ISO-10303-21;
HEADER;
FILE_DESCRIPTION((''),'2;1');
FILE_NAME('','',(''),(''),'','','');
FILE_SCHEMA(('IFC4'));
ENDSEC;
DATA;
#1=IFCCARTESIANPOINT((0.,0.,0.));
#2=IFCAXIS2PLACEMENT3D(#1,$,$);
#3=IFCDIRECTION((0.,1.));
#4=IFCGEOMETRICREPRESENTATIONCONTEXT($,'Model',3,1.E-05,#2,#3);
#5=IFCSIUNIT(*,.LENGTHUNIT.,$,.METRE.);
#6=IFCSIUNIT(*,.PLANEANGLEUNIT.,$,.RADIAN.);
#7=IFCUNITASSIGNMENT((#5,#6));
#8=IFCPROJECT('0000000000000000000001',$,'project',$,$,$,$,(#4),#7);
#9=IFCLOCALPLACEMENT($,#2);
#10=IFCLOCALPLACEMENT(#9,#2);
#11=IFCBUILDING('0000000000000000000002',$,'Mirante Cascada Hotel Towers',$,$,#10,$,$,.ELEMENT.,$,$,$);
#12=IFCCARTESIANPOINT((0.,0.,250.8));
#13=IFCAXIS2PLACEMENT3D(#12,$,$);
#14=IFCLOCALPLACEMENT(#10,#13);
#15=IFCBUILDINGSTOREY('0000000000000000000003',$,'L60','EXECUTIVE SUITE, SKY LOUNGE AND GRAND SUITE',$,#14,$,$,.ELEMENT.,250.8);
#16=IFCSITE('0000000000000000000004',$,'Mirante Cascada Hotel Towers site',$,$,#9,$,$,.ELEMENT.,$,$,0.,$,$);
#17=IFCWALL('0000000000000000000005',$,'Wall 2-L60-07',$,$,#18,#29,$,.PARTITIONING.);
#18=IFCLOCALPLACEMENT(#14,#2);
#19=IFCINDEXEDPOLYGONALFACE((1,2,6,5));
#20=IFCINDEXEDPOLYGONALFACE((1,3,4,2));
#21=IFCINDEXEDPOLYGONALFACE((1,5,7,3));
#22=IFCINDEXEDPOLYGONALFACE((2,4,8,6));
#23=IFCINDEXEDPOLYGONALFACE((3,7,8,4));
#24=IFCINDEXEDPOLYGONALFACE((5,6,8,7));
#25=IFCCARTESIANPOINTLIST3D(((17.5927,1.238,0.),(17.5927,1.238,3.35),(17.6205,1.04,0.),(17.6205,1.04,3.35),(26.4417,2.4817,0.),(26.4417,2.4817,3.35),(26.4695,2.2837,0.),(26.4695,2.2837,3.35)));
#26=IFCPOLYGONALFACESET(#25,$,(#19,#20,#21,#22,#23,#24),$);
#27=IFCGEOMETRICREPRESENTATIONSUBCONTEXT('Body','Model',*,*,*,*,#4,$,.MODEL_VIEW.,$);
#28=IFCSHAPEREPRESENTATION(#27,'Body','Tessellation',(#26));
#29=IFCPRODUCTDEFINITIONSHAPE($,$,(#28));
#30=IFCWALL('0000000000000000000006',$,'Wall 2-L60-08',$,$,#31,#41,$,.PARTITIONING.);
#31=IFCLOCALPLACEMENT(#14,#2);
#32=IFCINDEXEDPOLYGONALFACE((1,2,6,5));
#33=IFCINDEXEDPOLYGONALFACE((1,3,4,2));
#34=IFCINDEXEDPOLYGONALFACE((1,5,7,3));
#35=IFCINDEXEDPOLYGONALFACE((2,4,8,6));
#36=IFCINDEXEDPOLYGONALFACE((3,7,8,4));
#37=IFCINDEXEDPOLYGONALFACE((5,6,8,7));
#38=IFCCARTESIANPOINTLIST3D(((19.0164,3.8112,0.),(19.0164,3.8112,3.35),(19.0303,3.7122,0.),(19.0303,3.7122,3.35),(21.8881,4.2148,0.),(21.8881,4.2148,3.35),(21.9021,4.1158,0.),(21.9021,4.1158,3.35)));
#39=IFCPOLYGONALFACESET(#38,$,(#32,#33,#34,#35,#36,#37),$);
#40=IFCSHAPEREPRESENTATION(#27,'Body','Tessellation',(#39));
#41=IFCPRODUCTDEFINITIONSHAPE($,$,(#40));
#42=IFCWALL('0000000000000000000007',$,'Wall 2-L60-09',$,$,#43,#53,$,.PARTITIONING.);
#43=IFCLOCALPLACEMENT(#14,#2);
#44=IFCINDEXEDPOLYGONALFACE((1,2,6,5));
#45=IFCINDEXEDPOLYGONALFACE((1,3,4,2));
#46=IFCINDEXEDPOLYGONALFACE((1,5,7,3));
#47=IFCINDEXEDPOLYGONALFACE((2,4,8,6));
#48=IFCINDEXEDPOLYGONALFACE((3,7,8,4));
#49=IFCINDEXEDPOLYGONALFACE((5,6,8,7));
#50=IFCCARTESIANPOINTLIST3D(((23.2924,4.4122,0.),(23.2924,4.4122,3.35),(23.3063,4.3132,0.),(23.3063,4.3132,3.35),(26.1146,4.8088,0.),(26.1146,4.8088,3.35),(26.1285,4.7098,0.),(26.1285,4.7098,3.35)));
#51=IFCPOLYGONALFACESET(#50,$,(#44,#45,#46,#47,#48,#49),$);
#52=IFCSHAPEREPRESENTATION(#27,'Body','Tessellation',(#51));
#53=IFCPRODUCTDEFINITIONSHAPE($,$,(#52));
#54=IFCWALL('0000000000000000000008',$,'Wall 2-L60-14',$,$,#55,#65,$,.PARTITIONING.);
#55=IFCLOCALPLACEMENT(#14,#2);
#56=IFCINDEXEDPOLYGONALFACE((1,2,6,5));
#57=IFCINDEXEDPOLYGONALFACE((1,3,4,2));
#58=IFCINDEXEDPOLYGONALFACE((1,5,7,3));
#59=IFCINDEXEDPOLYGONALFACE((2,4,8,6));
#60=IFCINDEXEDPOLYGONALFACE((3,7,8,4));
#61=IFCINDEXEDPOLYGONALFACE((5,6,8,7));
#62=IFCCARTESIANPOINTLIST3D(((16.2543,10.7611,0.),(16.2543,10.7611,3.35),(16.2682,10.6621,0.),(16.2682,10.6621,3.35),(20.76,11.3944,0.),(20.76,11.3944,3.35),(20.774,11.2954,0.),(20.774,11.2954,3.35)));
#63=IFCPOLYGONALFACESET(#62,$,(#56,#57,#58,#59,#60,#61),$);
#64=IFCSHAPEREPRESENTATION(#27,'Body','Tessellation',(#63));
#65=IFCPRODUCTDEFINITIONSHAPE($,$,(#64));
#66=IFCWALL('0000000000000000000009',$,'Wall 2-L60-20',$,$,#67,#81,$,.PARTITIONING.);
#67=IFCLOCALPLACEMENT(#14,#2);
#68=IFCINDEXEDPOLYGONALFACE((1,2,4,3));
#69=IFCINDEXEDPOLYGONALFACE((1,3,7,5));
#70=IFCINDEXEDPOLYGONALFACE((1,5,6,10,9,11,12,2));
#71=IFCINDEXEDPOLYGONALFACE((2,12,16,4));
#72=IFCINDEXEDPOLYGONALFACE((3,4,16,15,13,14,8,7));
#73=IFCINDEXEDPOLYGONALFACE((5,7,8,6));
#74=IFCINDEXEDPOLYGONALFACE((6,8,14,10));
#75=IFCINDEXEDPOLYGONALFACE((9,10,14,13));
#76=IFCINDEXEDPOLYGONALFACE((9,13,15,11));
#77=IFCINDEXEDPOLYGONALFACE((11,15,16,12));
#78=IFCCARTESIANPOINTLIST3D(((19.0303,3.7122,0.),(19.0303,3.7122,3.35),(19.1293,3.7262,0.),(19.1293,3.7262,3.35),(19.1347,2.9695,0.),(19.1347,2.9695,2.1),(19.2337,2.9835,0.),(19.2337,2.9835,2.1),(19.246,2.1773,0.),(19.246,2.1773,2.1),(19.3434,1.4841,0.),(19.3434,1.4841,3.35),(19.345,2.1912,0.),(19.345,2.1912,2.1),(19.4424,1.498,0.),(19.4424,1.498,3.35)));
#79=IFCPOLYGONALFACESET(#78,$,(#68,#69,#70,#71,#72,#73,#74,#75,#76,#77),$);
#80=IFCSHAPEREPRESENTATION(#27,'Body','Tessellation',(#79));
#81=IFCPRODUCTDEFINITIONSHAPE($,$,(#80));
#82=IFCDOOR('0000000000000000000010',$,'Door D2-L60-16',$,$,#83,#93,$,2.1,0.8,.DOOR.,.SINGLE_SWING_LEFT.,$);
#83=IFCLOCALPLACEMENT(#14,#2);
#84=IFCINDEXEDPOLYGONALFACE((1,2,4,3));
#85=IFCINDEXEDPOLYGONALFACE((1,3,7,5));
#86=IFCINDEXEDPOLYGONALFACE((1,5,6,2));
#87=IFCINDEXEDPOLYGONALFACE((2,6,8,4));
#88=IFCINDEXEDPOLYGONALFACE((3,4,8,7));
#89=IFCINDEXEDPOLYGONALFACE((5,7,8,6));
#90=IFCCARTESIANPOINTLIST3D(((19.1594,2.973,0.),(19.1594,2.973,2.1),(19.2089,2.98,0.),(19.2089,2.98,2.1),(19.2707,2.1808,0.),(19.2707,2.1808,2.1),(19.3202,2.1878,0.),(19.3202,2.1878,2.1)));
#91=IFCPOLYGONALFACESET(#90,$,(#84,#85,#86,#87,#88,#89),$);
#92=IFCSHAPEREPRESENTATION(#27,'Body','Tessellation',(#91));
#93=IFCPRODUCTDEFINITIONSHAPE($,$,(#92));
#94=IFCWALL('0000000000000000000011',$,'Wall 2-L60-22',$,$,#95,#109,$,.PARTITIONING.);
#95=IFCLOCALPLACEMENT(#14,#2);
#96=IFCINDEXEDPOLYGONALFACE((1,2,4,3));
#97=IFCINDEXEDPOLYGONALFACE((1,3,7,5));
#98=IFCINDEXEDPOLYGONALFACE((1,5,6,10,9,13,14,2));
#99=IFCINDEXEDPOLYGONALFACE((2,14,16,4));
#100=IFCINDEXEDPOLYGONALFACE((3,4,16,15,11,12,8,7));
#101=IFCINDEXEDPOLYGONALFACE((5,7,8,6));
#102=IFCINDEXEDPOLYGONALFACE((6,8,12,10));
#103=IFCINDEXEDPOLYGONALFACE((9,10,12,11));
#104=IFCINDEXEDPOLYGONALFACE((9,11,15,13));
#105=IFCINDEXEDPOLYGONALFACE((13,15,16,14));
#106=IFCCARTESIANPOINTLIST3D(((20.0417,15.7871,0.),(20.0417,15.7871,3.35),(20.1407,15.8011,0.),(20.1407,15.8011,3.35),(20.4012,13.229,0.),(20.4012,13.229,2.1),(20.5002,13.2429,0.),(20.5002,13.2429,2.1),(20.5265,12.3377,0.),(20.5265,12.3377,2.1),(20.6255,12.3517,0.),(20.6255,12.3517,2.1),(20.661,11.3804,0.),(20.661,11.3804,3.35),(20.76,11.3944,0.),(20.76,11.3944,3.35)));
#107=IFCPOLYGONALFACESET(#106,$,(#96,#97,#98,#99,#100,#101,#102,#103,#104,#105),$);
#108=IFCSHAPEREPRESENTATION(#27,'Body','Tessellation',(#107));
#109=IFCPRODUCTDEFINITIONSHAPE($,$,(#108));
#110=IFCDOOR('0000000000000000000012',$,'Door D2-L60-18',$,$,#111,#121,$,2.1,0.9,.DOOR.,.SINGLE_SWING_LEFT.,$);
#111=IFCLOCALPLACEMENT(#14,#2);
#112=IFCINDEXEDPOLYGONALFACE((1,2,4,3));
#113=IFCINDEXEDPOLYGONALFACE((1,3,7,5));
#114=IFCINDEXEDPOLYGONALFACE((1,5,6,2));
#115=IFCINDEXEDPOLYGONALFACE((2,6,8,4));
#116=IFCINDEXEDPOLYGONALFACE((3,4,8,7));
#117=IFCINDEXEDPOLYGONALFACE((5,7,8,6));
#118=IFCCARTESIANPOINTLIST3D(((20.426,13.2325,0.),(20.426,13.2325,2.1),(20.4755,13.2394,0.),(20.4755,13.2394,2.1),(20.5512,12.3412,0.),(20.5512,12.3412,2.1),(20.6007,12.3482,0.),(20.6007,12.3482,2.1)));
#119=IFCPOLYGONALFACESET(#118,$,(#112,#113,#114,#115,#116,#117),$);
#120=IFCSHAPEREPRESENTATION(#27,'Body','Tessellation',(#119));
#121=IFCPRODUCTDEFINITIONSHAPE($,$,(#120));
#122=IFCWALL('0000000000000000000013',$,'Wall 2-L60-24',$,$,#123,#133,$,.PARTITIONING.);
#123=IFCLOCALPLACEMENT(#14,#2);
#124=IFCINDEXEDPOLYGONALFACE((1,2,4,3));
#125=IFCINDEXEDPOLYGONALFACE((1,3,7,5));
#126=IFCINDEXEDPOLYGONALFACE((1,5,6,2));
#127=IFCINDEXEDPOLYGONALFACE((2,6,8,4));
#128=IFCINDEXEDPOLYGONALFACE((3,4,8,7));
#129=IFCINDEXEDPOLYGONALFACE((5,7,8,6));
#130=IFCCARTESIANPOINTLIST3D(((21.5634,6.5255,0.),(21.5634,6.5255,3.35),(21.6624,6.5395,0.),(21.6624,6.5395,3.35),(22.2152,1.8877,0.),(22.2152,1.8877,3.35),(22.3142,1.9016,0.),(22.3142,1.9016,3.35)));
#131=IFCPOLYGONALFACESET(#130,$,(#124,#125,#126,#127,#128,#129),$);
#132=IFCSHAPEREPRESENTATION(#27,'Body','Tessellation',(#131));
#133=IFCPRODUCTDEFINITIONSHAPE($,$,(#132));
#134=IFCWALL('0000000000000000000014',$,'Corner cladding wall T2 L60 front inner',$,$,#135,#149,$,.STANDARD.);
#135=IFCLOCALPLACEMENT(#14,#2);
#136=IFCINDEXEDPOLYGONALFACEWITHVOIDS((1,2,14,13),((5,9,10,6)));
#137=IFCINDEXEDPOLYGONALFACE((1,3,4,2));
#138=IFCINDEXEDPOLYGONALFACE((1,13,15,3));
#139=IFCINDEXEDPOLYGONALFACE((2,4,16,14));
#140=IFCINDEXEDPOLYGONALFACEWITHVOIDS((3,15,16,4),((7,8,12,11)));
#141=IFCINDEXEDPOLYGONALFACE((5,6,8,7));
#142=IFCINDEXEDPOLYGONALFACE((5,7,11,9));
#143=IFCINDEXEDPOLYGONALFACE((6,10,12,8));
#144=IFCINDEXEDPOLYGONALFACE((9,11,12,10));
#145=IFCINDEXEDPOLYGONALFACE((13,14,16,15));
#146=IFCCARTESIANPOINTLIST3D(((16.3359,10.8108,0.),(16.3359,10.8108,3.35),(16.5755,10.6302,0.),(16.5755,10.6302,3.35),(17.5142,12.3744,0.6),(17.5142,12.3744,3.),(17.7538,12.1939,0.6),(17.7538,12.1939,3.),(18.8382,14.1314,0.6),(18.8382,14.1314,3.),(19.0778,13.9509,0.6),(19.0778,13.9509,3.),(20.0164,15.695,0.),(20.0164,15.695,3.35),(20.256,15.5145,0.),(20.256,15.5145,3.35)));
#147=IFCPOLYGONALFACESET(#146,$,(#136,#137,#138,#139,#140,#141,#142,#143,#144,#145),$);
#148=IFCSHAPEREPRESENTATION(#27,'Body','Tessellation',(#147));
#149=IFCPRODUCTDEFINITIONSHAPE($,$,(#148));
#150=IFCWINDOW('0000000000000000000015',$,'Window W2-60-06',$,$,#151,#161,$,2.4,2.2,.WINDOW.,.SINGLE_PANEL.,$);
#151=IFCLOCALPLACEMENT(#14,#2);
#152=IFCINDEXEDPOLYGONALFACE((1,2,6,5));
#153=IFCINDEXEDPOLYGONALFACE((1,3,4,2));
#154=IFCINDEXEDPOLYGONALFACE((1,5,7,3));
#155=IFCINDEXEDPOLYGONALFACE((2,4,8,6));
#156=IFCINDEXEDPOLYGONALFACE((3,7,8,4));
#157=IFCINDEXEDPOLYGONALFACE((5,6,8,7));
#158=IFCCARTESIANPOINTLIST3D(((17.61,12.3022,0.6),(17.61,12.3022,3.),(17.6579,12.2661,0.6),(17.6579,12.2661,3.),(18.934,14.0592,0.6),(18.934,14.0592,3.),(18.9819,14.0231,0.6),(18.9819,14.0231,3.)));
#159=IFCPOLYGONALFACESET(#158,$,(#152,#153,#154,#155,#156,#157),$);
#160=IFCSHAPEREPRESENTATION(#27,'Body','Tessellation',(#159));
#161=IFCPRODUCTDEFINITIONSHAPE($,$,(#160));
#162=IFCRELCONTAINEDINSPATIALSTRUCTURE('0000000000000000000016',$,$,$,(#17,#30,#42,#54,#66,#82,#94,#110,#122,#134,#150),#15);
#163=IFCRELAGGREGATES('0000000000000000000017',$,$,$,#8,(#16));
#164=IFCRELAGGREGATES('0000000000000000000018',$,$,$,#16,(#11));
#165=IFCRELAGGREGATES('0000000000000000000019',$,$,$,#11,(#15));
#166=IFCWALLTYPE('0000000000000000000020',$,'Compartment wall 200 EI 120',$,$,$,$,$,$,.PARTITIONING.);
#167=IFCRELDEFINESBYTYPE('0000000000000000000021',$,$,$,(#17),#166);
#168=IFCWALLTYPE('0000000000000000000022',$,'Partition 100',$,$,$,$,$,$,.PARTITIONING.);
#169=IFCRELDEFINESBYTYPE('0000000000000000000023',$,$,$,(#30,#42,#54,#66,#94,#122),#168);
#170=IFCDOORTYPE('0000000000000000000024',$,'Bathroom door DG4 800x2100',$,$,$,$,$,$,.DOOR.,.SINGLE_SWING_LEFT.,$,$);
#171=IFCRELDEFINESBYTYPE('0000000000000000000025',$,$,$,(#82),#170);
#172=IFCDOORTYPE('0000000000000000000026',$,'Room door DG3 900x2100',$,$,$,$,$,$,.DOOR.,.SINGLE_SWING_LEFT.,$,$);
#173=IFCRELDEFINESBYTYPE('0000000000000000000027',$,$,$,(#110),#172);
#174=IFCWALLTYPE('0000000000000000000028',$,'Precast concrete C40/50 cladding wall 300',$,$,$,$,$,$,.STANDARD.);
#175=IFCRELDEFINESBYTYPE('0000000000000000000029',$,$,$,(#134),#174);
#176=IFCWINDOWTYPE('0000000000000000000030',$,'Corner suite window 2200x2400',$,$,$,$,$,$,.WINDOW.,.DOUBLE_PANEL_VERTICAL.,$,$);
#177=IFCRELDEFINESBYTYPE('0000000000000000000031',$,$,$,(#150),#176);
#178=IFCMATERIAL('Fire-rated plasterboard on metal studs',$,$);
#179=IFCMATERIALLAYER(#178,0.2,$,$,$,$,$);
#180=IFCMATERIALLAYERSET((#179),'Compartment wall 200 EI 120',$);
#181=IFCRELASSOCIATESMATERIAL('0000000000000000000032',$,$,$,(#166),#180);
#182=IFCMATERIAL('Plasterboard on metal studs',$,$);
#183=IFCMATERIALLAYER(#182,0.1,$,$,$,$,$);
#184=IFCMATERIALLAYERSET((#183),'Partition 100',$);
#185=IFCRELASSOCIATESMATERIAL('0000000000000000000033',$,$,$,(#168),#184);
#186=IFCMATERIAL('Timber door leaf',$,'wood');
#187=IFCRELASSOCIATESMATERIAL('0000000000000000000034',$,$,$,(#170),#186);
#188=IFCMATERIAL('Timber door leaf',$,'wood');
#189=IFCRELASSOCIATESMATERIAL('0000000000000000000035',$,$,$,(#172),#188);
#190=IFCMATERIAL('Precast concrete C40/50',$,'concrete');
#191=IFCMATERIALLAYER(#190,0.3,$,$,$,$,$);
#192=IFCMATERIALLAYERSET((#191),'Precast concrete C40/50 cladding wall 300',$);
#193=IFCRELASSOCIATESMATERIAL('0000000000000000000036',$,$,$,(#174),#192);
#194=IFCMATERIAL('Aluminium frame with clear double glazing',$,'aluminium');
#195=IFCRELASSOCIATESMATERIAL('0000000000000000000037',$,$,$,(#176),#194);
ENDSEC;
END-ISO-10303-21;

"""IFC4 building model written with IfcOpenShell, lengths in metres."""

from ifc_helpers import new_model, si_unit, direction, frame, frame_2d, origin, place, context, subcontext, project, spatial, rectangle, extrude, material, layer, layer_set, type_object, element, fill, save


model = new_model("IFC4")

# Units and contexts
model_context = context("Model", 3, precision=1e-05, world=origin(), true_north=direction((0.0, 1.0)))
body_context = subcontext(model_context, "Body", "Model", "MODEL_VIEW")
ifc_project = project(units=[si_unit("LENGTHUNIT", "METRE"), si_unit("PLANEANGLEUNIT", "RADIAN")], contexts=[model_context])

# Site, building, storey
site_placement = place(None, origin())
site = spatial("IfcSite", under=ifc_project, at=site_placement, Name="Mirante Cascada Hotel Towers site", CompositionType="ELEMENT", RefElevation=0.0)
building_placement = place(site_placement, origin())
building = spatial("IfcBuilding", under=site, at=building_placement, Name="Mirante Cascada Hotel Towers", CompositionType="ELEMENT")
storey_placement = place(building_placement, frame((0.0, 0.0, 250.8)))
storey = spatial("IfcBuildingStorey", under=building, at=storey_placement, Name="L60", Description="EXECUTIVE SUITE, SKY LOUNGE AND GRAND SUITE", CompositionType="ELEMENT", Elevation=250.8)

# Walls
ifc_material_1 = material(Name="Fire-rated plasterboard on metal studs")
ifc_layer_1 = layer(ifc_material_1, 0.2)
ifc_layer_set_1 = layer_set([ifc_layer_1], Name="Compartment wall 200 EI 120")
wall_type_1 = type_object("IfcWallType", Name="Compartment wall 200 EI 120", PredefinedType="PARTITIONING", material=ifc_layer_set_1)
wall_1_placement = place(storey_placement, frame((17.6066, 1.139, 0.0), z_axis=(0.0, 0.0, 1.0), x_axis=(0.990267, 0.139179, 0.0)))
element("IfcWall", 1, at=wall_1_placement, inside=storey, type_object=wall_type_1, Name="Wall 2-L60-07", PredefinedType="PARTITIONING", context=body_context, shape_type="SweptSolid", body=[
    extrude(rectangle(XDim=8.936, YDim=0.2, at=frame_2d((4.468, 0.0))), origin(), (0.0, 0.0, 1.0), 3.35),
])
ifc_material_2 = material(Name="Plasterboard on metal studs")
ifc_layer_2 = layer(ifc_material_2, 0.1)
ifc_layer_set_2 = layer_set([ifc_layer_2], Name="Partition 100")
wall_type_2 = type_object("IfcWallType", Name="Partition 100", PredefinedType="PARTITIONING", material=ifc_layer_set_2)
wall_2_placement = place(storey_placement, frame((21.8951, 4.1653, 0.0), z_axis=(0.0, 0.0, 1.0), x_axis=(-0.990268, -0.139171, 0.0)))
element("IfcWall", 2, at=wall_2_placement, inside=storey, type_object=wall_type_2, Name="Wall 2-L60-08", PredefinedType="PARTITIONING", context=body_context, shape_type="SweptSolid", body=[
    extrude(rectangle(XDim=2.9, YDim=0.1, at=frame_2d((1.45, 0.0))), origin(), (0.0, 0.0, 1.0), 3.35),
])
wall_3_placement = place(storey_placement, frame((23.2993, 4.3627, 0.0), z_axis=(0.0, 0.0, 1.0), x_axis=(0.99027, 0.139161, 0.0)))
element("IfcWall", 3, at=wall_3_placement, inside=storey, type_object=wall_type_2, Name="Wall 2-L60-09", PredefinedType="PARTITIONING", context=body_context, shape_type="SweptSolid", body=[
    extrude(rectangle(XDim=2.8499, YDim=0.1, at=frame_2d((1.425, 0.0))), origin(), (0.0, 0.0, 1.0), 3.35),
])
wall_4_placement = place(storey_placement, frame((20.767, 11.3449, 0.0), z_axis=(0.0, 0.0, 1.0), x_axis=(-0.990266, -0.139187, 0.0)))
element("IfcWall", 4, at=wall_4_placement, inside=storey, type_object=wall_type_2, Name="Wall 2-L60-14", PredefinedType="PARTITIONING", context=body_context, shape_type="SweptSolid", body=[
    extrude(rectangle(XDim=4.55, YDim=0.1, at=frame_2d((2.275, 0.0))), origin(), (0.0, 0.0, 1.0), 3.35),
])

# Walls, openings, doors
wall_5_placement = place(storey_placement, frame((19.0798, 3.7192, 0.0), z_axis=(0.0, 0.0, 1.0), x_axis=(0.139156, -0.990271, 0.0)))
wall_5 = element("IfcWall", 5, at=wall_5_placement, inside=storey, type_object=wall_type_2, Name="Wall 2-L60-20", PredefinedType="PARTITIONING", context=body_context, shape_type="SweptSolid", body=[
    extrude(rectangle(XDim=2.25, YDim=0.1, at=frame_2d((1.125, 0.0))), origin(), (0.0, 0.0, 1.0), 3.35),
])
opening_1_placement = place(wall_5_placement, frame((0.75, 0.0, 0.0)))
opening_1 = element("IfcOpeningElement", 6, at=opening_1_placement, cuts=wall_5, PredefinedType="OPENING", context=body_context, shape_type="SweptSolid", body=[
    extrude(rectangle(XDim=0.8, YDim=2.1, at=frame_2d((0.4, 1.05))), frame((0.0, 0.05, 0.0), z_axis=(0.0, -1.0, 0.0), x_axis=(1.0, 0.0, 0.0)), (0.0, 0.0, 1.0), 0.1),
])
ifc_material_3 = material(Name="Timber door leaf", Category="wood")
door_type_1 = type_object("IfcDoorType", Name="Bathroom door DG4 800x2100", OperationType="SINGLE_SWING_LEFT", PredefinedType="DOOR", material=ifc_material_3)
door_1_placement = place(opening_1_placement, origin())
door_1 = element("IfcDoor", 7, at=door_1_placement, inside=storey, type_object=door_type_1, Name="Door D2-L60-16", OperationType="SINGLE_SWING_LEFT", OverallHeight=2.1, OverallWidth=0.8, PredefinedType="DOOR", context=body_context, shape_type="SweptSolid", body=[
    extrude(rectangle(XDim=0.8, YDim=2.1, at=frame_2d((0.4, 1.05))), frame((0.0, 0.025, 0.0), z_axis=(0.0, -1.0, 0.0), x_axis=(1.0, 0.0, 0.0)), (0.0, 0.0, 1.0), 0.05),
])
fill(opening_1, door_1)
wall_6_placement = place(storey_placement, frame((20.0912, 15.7941, 0.0), z_axis=(0.0, 0.0, 1.0), x_axis=(0.139168, -0.990269, 0.0)))
wall_6 = element("IfcWall", 8, at=wall_6_placement, inside=storey, type_object=wall_type_2, Name="Wall 2-L60-22", PredefinedType="PARTITIONING", context=body_context, shape_type="SweptSolid", body=[
    extrude(rectangle(XDim=4.45, YDim=0.1, at=frame_2d((2.225, 0.0))), origin(), (0.0, 0.0, 1.0), 3.35),
])
opening_2_placement = place(wall_6_placement, frame((2.5833, 0.0, 0.0)))
opening_2 = element("IfcOpeningElement", 9, at=opening_2_placement, cuts=wall_6, PredefinedType="OPENING", context=body_context, shape_type="SweptSolid", body=[
    extrude(rectangle(XDim=0.9, YDim=2.1, at=frame_2d((0.45, 1.05))), frame((0.0, 0.05, 0.0), z_axis=(0.0, -1.0, 0.0), x_axis=(1.0, 0.0, 0.0)), (0.0, 0.0, 1.0), 0.1),
])
ifc_material_4 = material(Name="Timber door leaf", Category="wood")
door_type_2 = type_object("IfcDoorType", Name="Room door DG3 900x2100", OperationType="SINGLE_SWING_LEFT", PredefinedType="DOOR", material=ifc_material_4)
door_2_placement = place(opening_2_placement, origin())
door_2 = element("IfcDoor", 10, at=door_2_placement, inside=storey, type_object=door_type_2, Name="Door D2-L60-18", OperationType="SINGLE_SWING_LEFT", OverallHeight=2.1, OverallWidth=0.9, PredefinedType="DOOR", context=body_context, shape_type="SweptSolid", body=[
    extrude(rectangle(XDim=0.9, YDim=2.1, at=frame_2d((0.45, 1.05))), frame((0.0, 0.025, 0.0), z_axis=(0.0, -1.0, 0.0), x_axis=(1.0, 0.0, 0.0)), (0.0, 0.0, 1.0), 0.05),
])
fill(opening_2, door_2)

# Wall
wall_7_placement = place(storey_placement, frame((21.6129, 6.5325, 0.0), z_axis=(0.0, 0.0, 1.0), x_axis=(0.139173, -0.990268, 0.0)))
element("IfcWall", 11, at=wall_7_placement, inside=storey, type_object=wall_type_2, Name="Wall 2-L60-24", PredefinedType="PARTITIONING", context=body_context, shape_type="SweptSolid", body=[
    extrude(rectangle(XDim=4.6834, YDim=0.1, at=frame_2d((2.3417, 0.0))), origin(), (0.0, 0.0, 1.0), 3.35),
])

# Wall, opening, window
ifc_material_5 = material(Name="Precast concrete C40/50", Category="concrete")
ifc_layer_3 = layer(ifc_material_5, 0.3)
ifc_layer_set_3 = layer_set([ifc_layer_3], Name="Precast concrete C40/50 cladding wall 300")
wall_type_3 = type_object("IfcWallType", Name="Precast concrete C40/50 cladding wall 300", PredefinedType="STANDARD", material=ifc_layer_set_3)
wall_8_placement = place(storey_placement, frame((20.1362, 15.6047, 0.0), z_axis=(0.0, 0.0, 1.0), x_axis=(-0.601814, -0.798636, 0.0)))
wall_8 = element("IfcWall", 12, at=wall_8_placement, inside=storey, type_object=wall_type_3, Name="Corner cladding wall T2 L60 front inner", PredefinedType="STANDARD", context=body_context, shape_type="SweptSolid", body=[
    extrude(rectangle(XDim=6.1157, YDim=0.3, at=frame_2d((3.0578, 0.0))), origin(), (0.0, 0.0, 1.0), 3.35),
])
opening_3_placement = place(wall_8_placement, frame((1.9578, 0.0, 0.6)))
opening_3 = element("IfcOpeningElement", 13, at=opening_3_placement, cuts=wall_8, PredefinedType="OPENING", context=body_context, shape_type="SweptSolid", body=[
    extrude(rectangle(XDim=2.2, YDim=2.4, at=frame_2d((1.1, 1.2))), frame((0.0, 0.15, 0.0), z_axis=(0.0, -1.0, 0.0), x_axis=(1.0, 0.0, 0.0)), (0.0, 0.0, 1.0), 0.3),
])
ifc_material_6 = material(Name="Aluminium frame with clear double glazing", Category="aluminium")
window_type = type_object("IfcWindowType", Name="Corner suite window 2200x2400", PartitioningType="DOUBLE_PANEL_VERTICAL", PredefinedType="WINDOW", material=ifc_material_6)
window_placement = place(opening_3_placement, origin())
window = element("IfcWindow", 14, at=window_placement, inside=storey, type_object=window_type, Name="Window W2-60-06", OverallHeight=2.4, OverallWidth=2.2, PartitioningType="SINGLE_PANEL", PredefinedType="WINDOW", context=body_context, shape_type="SweptSolid", body=[
    extrude(rectangle(XDim=2.2, YDim=2.4, at=frame_2d((1.1, 1.2))), frame((0.0, 0.03, 0.0), z_axis=(0.0, -1.0, 0.0), x_axis=(1.0, 0.0, 0.0)), (0.0, 0.0, 1.0), 0.06),
])
fill(opening_3, window)

save(model, "model.ifc")
